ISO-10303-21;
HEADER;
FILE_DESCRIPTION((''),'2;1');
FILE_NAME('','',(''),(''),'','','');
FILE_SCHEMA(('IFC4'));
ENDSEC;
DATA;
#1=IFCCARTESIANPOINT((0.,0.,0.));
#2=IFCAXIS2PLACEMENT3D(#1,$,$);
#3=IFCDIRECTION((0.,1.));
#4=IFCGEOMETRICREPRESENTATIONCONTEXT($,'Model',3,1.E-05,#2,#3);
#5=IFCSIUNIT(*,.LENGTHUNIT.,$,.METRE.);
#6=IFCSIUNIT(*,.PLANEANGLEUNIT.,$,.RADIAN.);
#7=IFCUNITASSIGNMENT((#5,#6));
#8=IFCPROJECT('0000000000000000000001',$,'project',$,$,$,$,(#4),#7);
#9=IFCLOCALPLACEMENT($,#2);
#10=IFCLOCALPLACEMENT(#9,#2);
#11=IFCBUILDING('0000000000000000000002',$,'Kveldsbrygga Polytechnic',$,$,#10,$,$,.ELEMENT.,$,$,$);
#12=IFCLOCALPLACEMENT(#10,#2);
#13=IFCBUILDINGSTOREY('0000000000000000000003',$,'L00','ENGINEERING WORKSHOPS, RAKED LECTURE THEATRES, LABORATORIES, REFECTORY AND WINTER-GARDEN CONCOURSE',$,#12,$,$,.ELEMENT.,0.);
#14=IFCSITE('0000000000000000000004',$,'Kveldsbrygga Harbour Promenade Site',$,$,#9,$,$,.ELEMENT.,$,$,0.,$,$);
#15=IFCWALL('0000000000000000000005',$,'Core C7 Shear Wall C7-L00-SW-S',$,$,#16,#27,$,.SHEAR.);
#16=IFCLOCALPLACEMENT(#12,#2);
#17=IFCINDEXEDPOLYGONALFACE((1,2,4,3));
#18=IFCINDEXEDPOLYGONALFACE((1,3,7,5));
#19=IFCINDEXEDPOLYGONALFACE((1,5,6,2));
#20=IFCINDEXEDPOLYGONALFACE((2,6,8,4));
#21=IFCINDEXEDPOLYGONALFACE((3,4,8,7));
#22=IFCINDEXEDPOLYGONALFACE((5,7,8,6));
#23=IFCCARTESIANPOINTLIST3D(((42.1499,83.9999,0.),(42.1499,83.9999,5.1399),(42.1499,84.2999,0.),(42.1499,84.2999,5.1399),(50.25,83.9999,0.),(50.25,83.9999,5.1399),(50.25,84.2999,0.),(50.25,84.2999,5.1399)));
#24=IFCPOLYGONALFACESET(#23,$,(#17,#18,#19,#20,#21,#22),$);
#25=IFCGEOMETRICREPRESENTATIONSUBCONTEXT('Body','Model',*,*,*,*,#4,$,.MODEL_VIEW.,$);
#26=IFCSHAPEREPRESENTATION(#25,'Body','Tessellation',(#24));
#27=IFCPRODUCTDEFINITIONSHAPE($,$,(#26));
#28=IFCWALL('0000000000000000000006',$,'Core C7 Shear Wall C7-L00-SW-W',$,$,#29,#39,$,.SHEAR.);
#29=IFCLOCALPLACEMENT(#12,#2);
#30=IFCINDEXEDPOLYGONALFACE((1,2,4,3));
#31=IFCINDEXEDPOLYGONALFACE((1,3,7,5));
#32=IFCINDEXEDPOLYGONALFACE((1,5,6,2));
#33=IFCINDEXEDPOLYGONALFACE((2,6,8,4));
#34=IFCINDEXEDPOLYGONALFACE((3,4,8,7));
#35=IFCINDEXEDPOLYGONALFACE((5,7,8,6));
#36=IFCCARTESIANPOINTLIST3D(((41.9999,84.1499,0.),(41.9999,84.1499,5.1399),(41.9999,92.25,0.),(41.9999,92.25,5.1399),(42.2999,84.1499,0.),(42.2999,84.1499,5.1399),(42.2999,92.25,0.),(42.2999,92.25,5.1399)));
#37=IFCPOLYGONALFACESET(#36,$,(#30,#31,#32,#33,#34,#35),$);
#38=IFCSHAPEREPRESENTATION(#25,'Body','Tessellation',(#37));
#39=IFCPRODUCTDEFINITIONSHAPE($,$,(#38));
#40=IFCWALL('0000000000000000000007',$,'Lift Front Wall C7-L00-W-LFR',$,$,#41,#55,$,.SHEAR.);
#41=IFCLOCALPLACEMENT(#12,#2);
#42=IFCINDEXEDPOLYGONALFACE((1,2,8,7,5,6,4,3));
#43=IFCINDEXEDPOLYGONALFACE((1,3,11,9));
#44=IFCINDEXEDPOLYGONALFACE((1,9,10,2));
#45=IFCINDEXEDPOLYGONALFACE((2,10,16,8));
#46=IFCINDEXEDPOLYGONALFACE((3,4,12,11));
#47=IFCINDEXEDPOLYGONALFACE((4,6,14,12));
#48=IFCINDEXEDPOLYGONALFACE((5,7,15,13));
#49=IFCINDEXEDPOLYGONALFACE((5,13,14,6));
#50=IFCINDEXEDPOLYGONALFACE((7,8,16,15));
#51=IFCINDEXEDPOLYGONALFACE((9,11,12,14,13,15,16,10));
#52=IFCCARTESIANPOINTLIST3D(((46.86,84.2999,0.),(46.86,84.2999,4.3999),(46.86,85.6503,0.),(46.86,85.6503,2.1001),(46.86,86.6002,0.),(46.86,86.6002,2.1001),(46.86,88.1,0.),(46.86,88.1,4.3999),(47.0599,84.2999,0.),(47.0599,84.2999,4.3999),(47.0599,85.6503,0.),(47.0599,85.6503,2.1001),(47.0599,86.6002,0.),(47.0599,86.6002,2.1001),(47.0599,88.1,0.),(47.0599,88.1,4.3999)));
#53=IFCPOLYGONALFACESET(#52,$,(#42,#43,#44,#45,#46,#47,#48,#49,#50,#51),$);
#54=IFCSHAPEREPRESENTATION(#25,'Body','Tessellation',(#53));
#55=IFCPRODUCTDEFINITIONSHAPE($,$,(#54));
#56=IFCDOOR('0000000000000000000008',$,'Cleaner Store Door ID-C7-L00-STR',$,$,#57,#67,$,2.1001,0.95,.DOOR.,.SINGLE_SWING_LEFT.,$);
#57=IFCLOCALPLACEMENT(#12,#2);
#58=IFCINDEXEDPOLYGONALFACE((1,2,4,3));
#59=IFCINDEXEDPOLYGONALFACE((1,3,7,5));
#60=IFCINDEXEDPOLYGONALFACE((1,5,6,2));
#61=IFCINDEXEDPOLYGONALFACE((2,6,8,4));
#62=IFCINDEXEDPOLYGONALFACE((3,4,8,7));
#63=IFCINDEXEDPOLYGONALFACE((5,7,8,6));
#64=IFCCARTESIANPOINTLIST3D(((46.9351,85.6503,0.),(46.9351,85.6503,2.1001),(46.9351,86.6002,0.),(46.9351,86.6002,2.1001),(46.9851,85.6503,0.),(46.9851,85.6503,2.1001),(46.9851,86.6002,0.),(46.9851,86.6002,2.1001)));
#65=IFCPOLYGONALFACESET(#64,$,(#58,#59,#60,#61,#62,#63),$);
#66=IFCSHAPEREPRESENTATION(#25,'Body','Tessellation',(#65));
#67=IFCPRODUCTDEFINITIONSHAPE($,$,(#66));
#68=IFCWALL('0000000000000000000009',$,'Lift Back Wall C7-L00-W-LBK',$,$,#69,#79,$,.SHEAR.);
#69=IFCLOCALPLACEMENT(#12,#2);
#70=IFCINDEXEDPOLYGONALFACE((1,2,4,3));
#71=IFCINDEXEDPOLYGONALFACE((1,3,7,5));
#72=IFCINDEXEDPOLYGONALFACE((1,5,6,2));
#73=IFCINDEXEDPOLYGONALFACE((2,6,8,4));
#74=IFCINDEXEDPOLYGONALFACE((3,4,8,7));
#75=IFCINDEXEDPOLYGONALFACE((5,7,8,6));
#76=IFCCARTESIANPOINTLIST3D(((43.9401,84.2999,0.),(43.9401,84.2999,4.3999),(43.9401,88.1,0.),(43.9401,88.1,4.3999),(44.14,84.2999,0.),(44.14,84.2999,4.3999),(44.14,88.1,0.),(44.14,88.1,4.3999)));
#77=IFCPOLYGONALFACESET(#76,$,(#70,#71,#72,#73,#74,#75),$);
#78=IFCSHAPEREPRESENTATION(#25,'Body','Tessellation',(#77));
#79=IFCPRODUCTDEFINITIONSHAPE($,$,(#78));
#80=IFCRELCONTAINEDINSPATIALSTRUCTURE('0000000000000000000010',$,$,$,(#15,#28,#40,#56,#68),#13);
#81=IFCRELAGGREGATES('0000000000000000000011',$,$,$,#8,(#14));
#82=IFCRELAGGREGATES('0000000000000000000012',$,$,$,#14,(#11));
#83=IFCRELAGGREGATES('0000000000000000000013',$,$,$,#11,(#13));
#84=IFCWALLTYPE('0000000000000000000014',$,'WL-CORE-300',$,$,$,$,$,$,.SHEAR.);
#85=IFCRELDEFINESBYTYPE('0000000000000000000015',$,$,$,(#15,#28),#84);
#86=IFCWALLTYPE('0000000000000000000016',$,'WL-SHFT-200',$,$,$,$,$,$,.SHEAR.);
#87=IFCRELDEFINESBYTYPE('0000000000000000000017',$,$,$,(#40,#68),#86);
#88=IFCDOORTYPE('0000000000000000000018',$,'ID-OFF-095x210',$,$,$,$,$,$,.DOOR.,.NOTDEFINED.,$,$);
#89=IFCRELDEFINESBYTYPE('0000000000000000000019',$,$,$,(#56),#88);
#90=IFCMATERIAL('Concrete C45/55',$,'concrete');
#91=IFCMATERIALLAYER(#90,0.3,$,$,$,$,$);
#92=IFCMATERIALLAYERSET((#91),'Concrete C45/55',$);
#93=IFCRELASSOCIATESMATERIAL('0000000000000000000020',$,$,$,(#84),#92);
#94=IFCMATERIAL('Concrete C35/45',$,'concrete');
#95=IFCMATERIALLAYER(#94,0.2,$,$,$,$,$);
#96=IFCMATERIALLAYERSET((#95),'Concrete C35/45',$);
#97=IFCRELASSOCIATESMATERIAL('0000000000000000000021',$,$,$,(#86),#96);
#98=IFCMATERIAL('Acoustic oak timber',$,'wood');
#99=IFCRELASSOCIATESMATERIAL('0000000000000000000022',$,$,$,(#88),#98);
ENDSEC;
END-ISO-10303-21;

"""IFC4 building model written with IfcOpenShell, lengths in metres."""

from ifc_helpers import new_model, si_unit, direction, frame, frame_2d, origin, place, context, subcontext, project, spatial, rectangle, extrude, material, layer, layer_set, type_object, element, fill, save


model = new_model("IFC4")

# Units and contexts
model_context = context("Model", 3, precision=1e-05, world=origin(), true_north=direction((0.0, 1.0)))
body_context = subcontext(model_context, "Body", "Model", "MODEL_VIEW")
ifc_project = project(units=[si_unit("LENGTHUNIT", "METRE"), si_unit("PLANEANGLEUNIT", "RADIAN")], contexts=[model_context])

# Site, building, storey
site_placement = place(None, origin())
site = spatial("IfcSite", under=ifc_project, at=site_placement, Name="Kveldsbrygga Harbour Promenade Site", CompositionType="ELEMENT", RefElevation=0.0)
building_placement = place(site_placement, origin())
building = spatial("IfcBuilding", under=site, at=building_placement, Name="Kveldsbrygga Polytechnic", CompositionType="ELEMENT")
storey_placement = place(building_placement, origin())
storey = spatial("IfcBuildingStorey", under=building, at=storey_placement, Name="L00", Description="ENGINEERING WORKSHOPS, RAKED LECTURE THEATRES, LABORATORIES, REFECTORY AND WINTER-GARDEN CONCOURSE", CompositionType="ELEMENT", Elevation=0.0)

# Shared definitions
ifc_material_1 = material(Name="Concrete C45/55", Category="concrete")

# Shared definitions
ifc_material_2 = material(Name="Concrete C35/45", Category="concrete")

# Walls
ifc_layer_1 = layer(ifc_material_1, 0.3)
ifc_layer_set_1 = layer_set([ifc_layer_1], Name="Concrete C45/55")
wall_type_1 = type_object("IfcWallType", Name="WL-CORE-300", PredefinedType="SHEAR", material=ifc_layer_set_1)
for number, where, z_axis, x_axis, name in (
    (1, (42.1499, 84.1499, 0.0), (0.0, 0.0, 1.0), (1.0, 0.0, 0.0), "Core C7 Shear Wall C7-L00-SW-S"),
    (2, (42.1499, 84.1499, 0.0), (0.0, 0.0, 1.0), (0.0, 1.0, 0.0), "Core C7 Shear Wall C7-L00-SW-W"),
):
    element("IfcWall", number, at=place(storey_placement, frame(where, z_axis=z_axis, x_axis=x_axis)), inside=storey, type_object=wall_type_1, Name=name, PredefinedType="SHEAR", context=body_context, shape_type="SweptSolid", body=[
        extrude(rectangle(XDim=8.1001, YDim=0.3, at=frame_2d((4.05, 0.0))), origin(), (0.0, 0.0, 1.0), 5.1399),
    ])

# Wall, opening, door
ifc_layer_2 = layer(ifc_material_2, 0.2)
ifc_layer_set_2 = layer_set([ifc_layer_2], Name="Concrete C35/45")
wall_type_2 = type_object("IfcWallType", Name="WL-SHFT-200", PredefinedType="SHEAR", material=ifc_layer_set_2)
wall_1_placement = place(storey_placement, frame((46.96, 84.3, 0.0), z_axis=(0.0, 0.0, 1.0), x_axis=(0.0, 1.0, 0.0)))
wall_1 = element("IfcWall", 3, at=wall_1_placement, inside=storey, type_object=wall_type_2, Name="Lift Front Wall C7-L00-W-LFR", PredefinedType="SHEAR", context=body_context, shape_type="SweptSolid", body=[
    extrude(rectangle(XDim=3.8, YDim=0.2, at=frame_2d((1.8999, 0.0))), origin(), (0.0, 0.0, 1.0), 4.3999),
])
opening_1_placement = place(wall_1_placement, frame((1.3501, 0.0, 0.0)))
opening_1 = element("IfcOpeningElement", 4, at=opening_1_placement, cuts=wall_1, PredefinedType="OPENING", context=body_context, shape_type="SweptSolid", body=[
    extrude(rectangle(XDim=0.95, YDim=2.1001, at=frame_2d((0.4751, 1.05))), frame((0.0, 0.1099, 0.0), z_axis=(0.0, -1.0, 0.0), x_axis=(1.0, 0.0, 0.0)), (0.0, 0.0, 1.0), 0.22),
])
ifc_material_3 = material(Name="Acoustic oak timber", Category="wood")
door_type_1 = type_object("IfcDoorType", Name="ID-OFF-095x210", OperationType="NOTDEFINED", PredefinedType="DOOR", material=ifc_material_3)
door_1_placement = place(opening_1_placement, origin())
door_1 = element("IfcDoor", 5, at=door_1_placement, inside=storey, type_object=door_type_1, Name="Cleaner Store Door ID-C7-L00-STR", OperationType="SINGLE_SWING_LEFT", OverallHeight=2.1001, OverallWidth=0.95, PredefinedType="DOOR", context=body_context, shape_type="SweptSolid", body=[
    extrude(rectangle(XDim=0.95, YDim=2.1001, at=frame_2d((0.4751, 1.05))), frame((0.0, 0.0249, 0.0), z_axis=(0.0, -1.0, 0.0), x_axis=(1.0, 0.0, 0.0)), (0.0, 0.0, 1.0), 0.05),
])
fill(opening_1, door_1)

# Wall
wall_2_placement = place(storey_placement, frame((44.04, 84.3, 0.0), z_axis=(0.0, 0.0, 1.0), x_axis=(0.0, 1.0, 0.0)))
element("IfcWall", 6, at=wall_2_placement, inside=storey, type_object=wall_type_2, Name="Lift Back Wall C7-L00-W-LBK", PredefinedType="SHEAR", context=body_context, shape_type="SweptSolid", body=[
    extrude(rectangle(XDim=3.8, YDim=0.2, at=frame_2d((1.8999, 0.0))), origin(), (0.0, 0.0, 1.0), 4.3999),
])

save(model, "model.ifc")
